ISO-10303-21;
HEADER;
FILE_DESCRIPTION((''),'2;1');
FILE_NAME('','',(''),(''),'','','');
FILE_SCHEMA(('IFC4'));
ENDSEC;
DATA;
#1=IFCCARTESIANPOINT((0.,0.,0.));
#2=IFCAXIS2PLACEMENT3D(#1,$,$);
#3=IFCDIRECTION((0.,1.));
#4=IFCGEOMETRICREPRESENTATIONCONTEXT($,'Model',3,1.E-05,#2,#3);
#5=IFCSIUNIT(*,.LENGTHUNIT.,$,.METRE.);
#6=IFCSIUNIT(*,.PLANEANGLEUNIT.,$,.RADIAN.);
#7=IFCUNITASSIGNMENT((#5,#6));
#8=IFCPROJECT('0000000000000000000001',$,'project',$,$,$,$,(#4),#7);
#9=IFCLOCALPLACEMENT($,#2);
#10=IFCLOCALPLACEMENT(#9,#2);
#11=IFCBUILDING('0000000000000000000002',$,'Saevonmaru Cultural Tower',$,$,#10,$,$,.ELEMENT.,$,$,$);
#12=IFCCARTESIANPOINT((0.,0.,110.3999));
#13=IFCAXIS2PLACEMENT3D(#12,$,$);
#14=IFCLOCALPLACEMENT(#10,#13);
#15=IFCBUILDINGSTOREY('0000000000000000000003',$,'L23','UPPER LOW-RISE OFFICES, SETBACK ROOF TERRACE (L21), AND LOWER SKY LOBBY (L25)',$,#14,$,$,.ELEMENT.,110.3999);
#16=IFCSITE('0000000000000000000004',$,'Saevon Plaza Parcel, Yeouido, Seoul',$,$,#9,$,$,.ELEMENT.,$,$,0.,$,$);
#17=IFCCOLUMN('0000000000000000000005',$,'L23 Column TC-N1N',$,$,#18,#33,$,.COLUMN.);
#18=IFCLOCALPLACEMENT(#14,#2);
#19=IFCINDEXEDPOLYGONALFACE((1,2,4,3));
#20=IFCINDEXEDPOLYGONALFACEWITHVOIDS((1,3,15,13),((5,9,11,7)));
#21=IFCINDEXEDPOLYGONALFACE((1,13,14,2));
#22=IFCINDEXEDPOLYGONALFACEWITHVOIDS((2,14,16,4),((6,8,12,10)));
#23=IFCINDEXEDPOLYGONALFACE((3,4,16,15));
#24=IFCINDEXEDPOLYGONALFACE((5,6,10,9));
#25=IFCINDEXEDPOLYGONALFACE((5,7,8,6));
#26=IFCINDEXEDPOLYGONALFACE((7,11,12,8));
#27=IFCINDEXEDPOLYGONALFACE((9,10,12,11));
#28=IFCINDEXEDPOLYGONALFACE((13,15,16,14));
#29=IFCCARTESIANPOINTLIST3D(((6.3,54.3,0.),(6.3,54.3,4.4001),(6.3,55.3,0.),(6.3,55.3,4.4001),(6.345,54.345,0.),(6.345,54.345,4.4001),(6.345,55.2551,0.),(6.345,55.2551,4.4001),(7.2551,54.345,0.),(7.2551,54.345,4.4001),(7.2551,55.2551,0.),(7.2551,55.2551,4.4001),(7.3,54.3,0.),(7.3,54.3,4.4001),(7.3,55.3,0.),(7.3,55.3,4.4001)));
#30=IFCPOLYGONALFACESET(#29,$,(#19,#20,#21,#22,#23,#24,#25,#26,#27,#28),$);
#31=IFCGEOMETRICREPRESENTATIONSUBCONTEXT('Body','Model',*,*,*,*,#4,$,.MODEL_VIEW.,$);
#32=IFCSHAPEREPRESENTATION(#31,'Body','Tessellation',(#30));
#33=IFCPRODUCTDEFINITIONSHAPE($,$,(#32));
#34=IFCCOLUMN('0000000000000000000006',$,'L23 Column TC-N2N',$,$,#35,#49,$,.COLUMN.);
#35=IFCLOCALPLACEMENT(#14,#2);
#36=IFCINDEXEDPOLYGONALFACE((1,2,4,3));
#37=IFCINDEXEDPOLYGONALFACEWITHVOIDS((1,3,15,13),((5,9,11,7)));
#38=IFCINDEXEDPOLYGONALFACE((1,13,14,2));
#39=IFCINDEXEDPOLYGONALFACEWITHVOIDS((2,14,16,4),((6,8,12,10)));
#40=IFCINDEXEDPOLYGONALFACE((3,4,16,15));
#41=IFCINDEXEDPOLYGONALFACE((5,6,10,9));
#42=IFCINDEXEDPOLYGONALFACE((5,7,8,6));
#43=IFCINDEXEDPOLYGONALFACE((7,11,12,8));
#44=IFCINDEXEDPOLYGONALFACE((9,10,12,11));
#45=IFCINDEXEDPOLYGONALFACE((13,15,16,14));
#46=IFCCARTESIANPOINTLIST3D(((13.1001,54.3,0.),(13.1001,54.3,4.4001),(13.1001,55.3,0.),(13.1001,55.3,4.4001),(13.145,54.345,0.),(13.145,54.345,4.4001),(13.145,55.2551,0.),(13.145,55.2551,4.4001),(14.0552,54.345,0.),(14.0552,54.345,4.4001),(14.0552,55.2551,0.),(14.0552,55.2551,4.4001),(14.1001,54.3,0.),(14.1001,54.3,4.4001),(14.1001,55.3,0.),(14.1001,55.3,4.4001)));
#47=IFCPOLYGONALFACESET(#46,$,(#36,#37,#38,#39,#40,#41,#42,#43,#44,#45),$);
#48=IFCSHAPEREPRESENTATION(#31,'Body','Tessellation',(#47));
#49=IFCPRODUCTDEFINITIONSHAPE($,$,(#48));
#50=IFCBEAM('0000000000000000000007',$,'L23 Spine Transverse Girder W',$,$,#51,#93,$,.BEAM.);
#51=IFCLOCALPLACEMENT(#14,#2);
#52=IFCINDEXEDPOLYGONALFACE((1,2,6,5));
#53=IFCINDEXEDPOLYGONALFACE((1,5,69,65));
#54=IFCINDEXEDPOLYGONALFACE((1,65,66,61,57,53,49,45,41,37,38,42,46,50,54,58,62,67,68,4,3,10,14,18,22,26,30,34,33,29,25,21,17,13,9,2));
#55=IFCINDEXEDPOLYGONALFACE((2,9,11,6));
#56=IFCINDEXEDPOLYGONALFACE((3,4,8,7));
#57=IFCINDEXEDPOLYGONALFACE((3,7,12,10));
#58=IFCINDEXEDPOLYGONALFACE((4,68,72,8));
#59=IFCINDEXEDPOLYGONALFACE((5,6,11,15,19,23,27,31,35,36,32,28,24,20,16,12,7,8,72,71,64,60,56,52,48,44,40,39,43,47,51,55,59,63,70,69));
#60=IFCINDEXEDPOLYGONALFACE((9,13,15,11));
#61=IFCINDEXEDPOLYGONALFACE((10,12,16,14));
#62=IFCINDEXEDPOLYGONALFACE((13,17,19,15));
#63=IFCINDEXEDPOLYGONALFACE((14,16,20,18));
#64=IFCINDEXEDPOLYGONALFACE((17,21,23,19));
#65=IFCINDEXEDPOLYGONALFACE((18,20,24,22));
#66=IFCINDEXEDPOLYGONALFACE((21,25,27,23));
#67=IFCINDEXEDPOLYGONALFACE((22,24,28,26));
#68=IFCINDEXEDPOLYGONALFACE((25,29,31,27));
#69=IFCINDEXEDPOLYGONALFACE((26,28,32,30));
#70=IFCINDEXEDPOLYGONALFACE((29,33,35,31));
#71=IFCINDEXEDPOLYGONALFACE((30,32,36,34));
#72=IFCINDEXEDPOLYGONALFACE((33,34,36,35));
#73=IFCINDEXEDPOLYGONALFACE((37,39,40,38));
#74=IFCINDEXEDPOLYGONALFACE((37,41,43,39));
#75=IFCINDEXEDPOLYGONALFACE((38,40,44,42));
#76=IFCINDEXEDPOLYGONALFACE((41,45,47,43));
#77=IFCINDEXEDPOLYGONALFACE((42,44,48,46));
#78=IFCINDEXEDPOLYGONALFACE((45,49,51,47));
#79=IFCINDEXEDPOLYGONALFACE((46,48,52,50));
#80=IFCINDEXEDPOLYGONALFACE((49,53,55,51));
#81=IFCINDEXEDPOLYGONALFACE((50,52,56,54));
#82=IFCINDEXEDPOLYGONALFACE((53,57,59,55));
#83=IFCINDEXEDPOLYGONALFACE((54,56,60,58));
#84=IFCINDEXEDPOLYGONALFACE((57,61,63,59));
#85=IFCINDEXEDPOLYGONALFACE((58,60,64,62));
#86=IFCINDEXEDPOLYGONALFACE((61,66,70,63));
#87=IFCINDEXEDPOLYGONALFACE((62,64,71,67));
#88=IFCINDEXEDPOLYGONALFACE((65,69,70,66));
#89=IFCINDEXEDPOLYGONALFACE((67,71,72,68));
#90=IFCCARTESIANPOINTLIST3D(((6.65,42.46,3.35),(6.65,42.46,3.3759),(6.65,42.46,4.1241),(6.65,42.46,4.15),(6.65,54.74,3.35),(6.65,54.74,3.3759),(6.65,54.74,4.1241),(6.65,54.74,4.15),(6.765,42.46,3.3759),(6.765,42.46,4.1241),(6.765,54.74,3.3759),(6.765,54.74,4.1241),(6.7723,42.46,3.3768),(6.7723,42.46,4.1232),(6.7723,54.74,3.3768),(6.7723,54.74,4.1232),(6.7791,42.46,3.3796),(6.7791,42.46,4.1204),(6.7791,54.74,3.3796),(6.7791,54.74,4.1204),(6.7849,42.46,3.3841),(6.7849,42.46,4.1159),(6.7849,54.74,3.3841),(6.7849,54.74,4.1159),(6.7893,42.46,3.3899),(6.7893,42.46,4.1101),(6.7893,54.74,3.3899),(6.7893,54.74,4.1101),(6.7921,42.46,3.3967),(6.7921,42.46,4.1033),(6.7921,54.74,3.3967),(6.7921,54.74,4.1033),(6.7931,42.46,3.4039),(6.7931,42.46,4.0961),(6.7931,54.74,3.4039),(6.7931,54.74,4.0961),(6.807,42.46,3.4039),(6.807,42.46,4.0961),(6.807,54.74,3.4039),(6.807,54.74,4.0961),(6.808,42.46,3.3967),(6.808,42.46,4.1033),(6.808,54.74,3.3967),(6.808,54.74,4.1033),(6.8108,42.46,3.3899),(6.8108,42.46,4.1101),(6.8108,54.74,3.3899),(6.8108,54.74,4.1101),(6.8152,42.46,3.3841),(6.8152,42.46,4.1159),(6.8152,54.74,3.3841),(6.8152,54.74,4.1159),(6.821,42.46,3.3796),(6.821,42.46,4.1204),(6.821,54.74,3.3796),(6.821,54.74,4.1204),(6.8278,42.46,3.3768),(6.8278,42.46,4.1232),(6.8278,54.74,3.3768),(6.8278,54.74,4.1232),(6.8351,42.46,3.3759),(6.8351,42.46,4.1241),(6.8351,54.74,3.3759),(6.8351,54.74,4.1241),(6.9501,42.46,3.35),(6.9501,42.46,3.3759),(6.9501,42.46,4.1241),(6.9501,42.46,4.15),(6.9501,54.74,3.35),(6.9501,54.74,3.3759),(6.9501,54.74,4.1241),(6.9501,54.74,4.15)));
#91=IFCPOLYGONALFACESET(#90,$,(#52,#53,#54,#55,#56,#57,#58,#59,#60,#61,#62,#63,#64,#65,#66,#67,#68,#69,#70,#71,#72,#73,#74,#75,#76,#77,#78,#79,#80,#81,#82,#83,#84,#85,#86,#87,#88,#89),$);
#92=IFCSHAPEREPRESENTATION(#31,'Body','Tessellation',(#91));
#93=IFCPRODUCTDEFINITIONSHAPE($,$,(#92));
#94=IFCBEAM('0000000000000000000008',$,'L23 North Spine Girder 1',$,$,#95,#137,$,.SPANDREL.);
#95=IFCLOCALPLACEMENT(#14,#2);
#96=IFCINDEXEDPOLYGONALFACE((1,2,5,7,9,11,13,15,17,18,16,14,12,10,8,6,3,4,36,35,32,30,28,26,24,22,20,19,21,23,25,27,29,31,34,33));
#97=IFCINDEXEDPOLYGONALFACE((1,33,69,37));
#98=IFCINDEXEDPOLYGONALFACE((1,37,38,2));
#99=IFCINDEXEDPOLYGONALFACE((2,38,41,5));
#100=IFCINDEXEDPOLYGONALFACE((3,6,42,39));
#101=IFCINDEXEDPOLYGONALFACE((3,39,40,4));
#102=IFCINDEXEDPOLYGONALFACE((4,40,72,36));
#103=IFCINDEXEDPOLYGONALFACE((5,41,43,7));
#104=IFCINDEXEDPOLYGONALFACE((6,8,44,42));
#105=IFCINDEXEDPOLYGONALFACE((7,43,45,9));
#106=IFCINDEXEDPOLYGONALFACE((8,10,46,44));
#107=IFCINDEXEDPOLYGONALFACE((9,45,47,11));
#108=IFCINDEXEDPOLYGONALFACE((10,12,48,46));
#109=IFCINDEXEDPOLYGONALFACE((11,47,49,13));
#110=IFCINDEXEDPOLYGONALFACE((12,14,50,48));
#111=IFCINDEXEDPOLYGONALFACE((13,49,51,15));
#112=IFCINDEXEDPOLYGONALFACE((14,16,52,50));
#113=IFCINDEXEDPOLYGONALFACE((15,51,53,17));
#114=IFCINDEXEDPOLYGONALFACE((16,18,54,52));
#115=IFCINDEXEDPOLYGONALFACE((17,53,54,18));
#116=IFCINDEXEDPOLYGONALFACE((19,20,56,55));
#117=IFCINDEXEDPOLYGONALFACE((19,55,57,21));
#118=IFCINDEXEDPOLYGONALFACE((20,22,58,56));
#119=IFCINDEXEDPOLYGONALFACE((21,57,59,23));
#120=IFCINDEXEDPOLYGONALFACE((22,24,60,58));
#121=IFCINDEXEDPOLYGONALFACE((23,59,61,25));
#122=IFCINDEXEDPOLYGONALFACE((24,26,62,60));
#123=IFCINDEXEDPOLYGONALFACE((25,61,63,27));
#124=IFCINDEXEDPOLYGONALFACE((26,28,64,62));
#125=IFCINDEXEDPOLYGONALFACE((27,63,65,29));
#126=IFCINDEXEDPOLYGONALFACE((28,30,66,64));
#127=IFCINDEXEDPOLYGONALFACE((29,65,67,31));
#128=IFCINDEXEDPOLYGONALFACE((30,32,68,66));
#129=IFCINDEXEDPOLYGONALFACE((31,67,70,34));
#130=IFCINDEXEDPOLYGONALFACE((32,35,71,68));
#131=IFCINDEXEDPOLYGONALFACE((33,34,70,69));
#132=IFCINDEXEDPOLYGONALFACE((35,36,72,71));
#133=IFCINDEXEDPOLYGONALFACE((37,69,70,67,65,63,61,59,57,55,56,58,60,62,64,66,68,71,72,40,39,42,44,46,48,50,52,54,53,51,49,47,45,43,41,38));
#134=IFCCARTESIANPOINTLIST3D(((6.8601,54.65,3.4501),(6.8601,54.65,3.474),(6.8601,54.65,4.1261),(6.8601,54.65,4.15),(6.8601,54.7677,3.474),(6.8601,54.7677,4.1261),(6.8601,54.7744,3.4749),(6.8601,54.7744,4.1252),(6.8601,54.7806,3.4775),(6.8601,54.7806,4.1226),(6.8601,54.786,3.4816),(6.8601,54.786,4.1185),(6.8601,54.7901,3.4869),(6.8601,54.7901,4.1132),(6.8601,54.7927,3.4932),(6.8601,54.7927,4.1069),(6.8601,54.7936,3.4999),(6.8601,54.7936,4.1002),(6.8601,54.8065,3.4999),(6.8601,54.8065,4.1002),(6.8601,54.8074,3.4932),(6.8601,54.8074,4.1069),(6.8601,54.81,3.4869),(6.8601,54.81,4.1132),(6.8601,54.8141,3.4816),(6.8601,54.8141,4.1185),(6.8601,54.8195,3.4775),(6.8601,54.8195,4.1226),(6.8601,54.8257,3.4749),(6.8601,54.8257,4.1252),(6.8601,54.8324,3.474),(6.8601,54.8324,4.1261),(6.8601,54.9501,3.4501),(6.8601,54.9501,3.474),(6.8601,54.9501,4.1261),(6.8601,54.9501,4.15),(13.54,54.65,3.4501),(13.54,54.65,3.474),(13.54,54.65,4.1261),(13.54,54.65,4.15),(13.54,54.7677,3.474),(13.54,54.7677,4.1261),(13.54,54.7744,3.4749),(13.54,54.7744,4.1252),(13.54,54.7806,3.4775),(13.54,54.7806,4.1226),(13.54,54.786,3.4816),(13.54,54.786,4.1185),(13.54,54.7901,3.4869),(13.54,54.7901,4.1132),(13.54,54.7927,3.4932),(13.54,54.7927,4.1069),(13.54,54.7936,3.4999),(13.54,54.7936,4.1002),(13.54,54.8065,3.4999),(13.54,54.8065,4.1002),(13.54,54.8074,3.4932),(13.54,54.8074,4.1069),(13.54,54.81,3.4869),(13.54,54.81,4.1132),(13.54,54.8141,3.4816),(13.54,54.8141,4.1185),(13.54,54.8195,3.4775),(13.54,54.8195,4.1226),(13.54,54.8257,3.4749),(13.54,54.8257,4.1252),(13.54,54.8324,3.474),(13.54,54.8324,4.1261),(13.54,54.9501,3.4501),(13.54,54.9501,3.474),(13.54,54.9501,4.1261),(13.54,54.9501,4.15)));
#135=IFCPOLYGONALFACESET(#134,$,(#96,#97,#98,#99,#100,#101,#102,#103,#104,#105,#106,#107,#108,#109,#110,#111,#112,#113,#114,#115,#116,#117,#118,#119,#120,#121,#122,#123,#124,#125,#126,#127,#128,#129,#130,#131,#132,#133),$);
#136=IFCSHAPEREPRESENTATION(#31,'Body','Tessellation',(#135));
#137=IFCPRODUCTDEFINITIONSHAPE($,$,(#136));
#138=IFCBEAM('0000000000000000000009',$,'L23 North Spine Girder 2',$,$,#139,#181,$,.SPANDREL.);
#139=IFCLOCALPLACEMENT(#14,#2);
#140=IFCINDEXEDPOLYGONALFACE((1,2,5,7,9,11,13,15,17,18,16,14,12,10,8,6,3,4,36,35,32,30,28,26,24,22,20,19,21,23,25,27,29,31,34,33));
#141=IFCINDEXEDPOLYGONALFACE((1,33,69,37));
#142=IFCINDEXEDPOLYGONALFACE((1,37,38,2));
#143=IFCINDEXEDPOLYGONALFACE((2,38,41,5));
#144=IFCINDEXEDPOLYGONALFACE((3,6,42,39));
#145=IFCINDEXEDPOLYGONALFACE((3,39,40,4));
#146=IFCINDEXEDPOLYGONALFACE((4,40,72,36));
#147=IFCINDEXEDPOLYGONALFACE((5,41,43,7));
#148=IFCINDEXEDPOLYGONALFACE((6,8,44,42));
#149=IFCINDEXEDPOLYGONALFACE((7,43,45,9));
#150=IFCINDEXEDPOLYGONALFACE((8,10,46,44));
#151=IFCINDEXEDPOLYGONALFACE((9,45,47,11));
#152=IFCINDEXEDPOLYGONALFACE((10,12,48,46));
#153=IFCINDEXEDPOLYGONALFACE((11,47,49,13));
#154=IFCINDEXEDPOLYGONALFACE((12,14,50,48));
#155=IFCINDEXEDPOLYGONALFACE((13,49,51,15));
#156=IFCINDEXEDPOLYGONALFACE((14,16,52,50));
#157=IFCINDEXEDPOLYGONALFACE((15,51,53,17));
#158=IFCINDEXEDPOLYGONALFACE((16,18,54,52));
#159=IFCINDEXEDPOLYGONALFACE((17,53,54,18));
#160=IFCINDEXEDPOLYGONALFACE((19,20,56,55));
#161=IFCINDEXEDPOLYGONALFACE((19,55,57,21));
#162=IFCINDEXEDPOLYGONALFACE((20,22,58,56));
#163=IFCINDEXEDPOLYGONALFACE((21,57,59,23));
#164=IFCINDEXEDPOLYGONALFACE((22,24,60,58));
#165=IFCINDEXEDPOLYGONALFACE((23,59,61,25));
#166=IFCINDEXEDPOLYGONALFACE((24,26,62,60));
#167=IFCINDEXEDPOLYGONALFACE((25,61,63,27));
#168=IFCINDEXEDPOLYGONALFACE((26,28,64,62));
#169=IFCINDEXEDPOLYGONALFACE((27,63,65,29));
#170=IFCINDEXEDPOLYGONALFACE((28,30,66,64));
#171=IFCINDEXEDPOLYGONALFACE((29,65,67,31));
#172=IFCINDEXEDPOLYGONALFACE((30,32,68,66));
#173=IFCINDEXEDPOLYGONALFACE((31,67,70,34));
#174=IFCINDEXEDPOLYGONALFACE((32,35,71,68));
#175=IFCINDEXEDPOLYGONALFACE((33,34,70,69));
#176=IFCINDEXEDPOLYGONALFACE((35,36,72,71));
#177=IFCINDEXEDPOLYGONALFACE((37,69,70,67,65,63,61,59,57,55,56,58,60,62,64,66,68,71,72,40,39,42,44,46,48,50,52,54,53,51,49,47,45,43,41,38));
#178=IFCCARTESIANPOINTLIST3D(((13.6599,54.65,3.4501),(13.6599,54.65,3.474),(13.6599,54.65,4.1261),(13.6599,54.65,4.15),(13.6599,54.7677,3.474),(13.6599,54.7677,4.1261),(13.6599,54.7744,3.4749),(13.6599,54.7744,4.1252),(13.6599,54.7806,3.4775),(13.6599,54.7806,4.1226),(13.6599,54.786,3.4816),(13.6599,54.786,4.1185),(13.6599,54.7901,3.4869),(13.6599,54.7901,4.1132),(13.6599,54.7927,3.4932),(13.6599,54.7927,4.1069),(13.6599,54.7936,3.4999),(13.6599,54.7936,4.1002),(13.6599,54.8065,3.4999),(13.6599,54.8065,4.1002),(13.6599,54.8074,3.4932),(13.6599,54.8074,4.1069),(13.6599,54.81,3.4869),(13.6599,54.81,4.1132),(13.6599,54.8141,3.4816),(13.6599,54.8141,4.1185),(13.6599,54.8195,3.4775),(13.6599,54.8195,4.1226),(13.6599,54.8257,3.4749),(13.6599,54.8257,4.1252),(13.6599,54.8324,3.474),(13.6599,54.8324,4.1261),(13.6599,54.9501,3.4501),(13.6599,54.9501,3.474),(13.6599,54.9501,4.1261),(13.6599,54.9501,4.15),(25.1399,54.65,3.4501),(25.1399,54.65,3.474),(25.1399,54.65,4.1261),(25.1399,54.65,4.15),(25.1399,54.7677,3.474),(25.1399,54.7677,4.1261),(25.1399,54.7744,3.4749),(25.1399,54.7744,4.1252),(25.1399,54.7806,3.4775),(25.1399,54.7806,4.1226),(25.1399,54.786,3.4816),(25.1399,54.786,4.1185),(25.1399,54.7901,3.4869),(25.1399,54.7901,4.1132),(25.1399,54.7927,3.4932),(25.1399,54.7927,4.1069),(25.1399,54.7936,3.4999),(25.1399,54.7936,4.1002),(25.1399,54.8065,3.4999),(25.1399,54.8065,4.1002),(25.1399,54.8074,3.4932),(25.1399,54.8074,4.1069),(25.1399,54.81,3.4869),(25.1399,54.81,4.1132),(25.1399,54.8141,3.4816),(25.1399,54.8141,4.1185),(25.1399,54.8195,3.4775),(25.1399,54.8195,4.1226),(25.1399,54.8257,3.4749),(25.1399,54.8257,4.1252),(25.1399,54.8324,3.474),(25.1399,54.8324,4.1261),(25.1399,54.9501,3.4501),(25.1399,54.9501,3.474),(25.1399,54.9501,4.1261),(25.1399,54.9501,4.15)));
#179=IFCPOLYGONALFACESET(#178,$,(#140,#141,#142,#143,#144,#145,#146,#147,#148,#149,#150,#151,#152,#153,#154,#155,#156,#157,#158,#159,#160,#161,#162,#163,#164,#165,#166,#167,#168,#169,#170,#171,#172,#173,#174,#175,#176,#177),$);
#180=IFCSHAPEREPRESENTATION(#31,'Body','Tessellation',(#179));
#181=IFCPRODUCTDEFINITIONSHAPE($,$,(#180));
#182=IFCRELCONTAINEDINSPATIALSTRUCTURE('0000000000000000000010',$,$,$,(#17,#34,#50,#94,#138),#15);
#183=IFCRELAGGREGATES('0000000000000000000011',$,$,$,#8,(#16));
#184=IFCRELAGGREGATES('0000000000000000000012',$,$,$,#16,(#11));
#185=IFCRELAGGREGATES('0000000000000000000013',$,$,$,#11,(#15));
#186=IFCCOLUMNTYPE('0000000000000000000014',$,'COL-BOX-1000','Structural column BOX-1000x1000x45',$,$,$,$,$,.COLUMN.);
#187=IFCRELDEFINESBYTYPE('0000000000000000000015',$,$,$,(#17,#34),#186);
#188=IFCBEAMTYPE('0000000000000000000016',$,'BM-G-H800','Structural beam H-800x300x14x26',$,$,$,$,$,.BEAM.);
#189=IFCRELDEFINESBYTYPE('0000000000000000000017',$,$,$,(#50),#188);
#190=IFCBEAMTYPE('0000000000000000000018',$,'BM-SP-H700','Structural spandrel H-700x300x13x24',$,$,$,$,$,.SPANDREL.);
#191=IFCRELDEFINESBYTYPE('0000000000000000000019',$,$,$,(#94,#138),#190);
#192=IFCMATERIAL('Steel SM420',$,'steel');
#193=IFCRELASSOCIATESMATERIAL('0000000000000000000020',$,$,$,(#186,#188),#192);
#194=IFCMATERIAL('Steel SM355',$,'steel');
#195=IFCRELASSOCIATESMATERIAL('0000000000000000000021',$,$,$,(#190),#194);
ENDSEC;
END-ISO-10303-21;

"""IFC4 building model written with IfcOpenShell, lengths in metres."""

from ifc_helpers import new_model, si_unit, direction, frame, origin, origin_2d, place, context, subcontext, project, spatial, hollow_rectangle, i_section, extrude, material, material_profile, profile_set, type_object, element, save


model = new_model("IFC4")

# Units and contexts
model_context = context("Model", 3, precision=1e-05, world=origin(), true_north=direction((0.0, 1.0)))
body_context = subcontext(model_context, "Body", "Model", "MODEL_VIEW")
ifc_project = project(units=[si_unit("LENGTHUNIT", "METRE"), si_unit("PLANEANGLEUNIT", "RADIAN")], contexts=[model_context])

# Site, building, storey
site_placement = place(None, origin())
site = spatial("IfcSite", under=ifc_project, at=site_placement, Name="Saevon Plaza Parcel, Yeouido, Seoul", CompositionType="ELEMENT", RefElevation=0.0)
building_placement = place(site_placement, origin())
building = spatial("IfcBuilding", under=site, at=building_placement, Name="Saevonmaru Cultural Tower", CompositionType="ELEMENT")
storey_placement = place(building_placement, frame((0.0, 0.0, 110.3999)))
storey = spatial("IfcBuildingStorey", under=building, at=storey_placement, Name="L23", Description="UPPER LOW-RISE OFFICES, SETBACK ROOF TERRACE (L21), AND LOWER SKY LOBBY (L25)", CompositionType="ELEMENT", Elevation=110.3999)

# Columns
ifc_material_1 = material(Name="Steel SM420", Category="steel")
ifc_material_profile_1 = material_profile(ifc_material_1, hollow_rectangle(XDim=1.0, YDim=1.0, WallThickness=0.0449, at=origin_2d()), Name="BOX-1000x1000x45")
ifc_profile_set_1 = profile_set([ifc_material_profile_1], Name="Steel SM420")
column_type = type_object("IfcColumnType", Name="COL-BOX-1000", Description="Structural column BOX-1000x1000x45", PredefinedType="COLUMN", material=ifc_profile_set_1)
for number, where, z_axis, x_axis, name in (
    (1, (6.8, 54.8, 0.0), (0.0, 0.0, 1.0), (1.0, 0.0, 0.0), "L23 Column TC-N1N"),
    (2, (13.6001, 54.8, 0.0), (0.0, 0.0, 1.0), (1.0, 0.0, 0.0), "L23 Column TC-N2N"),
):
    element("IfcColumn", number, at=place(storey_placement, frame(where, z_axis=z_axis, x_axis=x_axis)), inside=storey, type_object=column_type, Name=name, PredefinedType="COLUMN", context=body_context, shape_type="SweptSolid", body=[
        extrude(hollow_rectangle(XDim=1.0, YDim=1.0, WallThickness=0.0449, at=origin_2d()), origin(), (0.0, 0.0, 1.0), 4.4001),
    ])

# Beams
ifc_material_profile_2 = material_profile(ifc_material_1, i_section(OverallWidth=0.3, OverallDepth=0.8, WebThickness=0.0139, FlangeThickness=0.0259, FilletRadius=0.0281, at=origin_2d()), Name="H-800x300x14x26")
ifc_profile_set_2 = profile_set([ifc_material_profile_2], Name="Steel SM420")
beam_type_1 = type_object("IfcBeamType", Name="BM-G-H800", Description="Structural beam H-800x300x14x26", PredefinedType="BEAM", material=ifc_profile_set_2)
beam_1_placement = place(storey_placement, frame((6.8, 54.74, 3.75), z_axis=(0.0, -1.0, 0.0), x_axis=(1.0, 0.0, 0.0)))
element("IfcBeam", 3, at=beam_1_placement, inside=storey, type_object=beam_type_1, Name="L23 Spine Transverse Girder W", PredefinedType="BEAM", context=body_context, shape_type="SweptSolid", body=[
    extrude(i_section(OverallWidth=0.3, OverallDepth=0.8, WebThickness=0.0139, FlangeThickness=0.0259, FilletRadius=0.0281, at=origin_2d()), origin(), (0.0, 0.0, 1.0), 12.28),
])
ifc_material_2 = material(Name="Steel SM355", Category="steel")
ifc_material_profile_3 = material_profile(ifc_material_2, i_section(OverallWidth=0.3, OverallDepth=0.7, WebThickness=0.0129, FlangeThickness=0.0239, FilletRadius=0.0259, at=origin_2d()), Name="H-700x300x13x24")
ifc_profile_set_3 = profile_set([ifc_material_profile_3], Name="Steel SM355")
beam_type_2 = type_object("IfcBeamType", Name="BM-SP-H700", Description="Structural spandrel H-700x300x13x24", PredefinedType="SPANDREL", material=ifc_profile_set_3)
beam_2_placement = place(storey_placement, frame((6.8601, 54.8, 3.8), z_axis=(1.0, 0.0, 0.0), x_axis=(0.0, 1.0, 0.0)))
element("IfcBeam", 4, at=beam_2_placement, inside=storey, type_object=beam_type_2, Name="L23 North Spine Girder 1", PredefinedType="SPANDREL", context=body_context, shape_type="SweptSolid", body=[
    extrude(i_section(OverallWidth=0.3, OverallDepth=0.7, WebThickness=0.0129, FlangeThickness=0.0239, FilletRadius=0.0259, at=origin_2d()), origin(), (0.0, 0.0, 1.0), 6.6799),
])
beam_3_placement = place(storey_placement, frame((13.6599, 54.8, 3.8), z_axis=(1.0, 0.0, 0.0), x_axis=(0.0, 1.0, 0.0)))
element("IfcBeam", 5, at=beam_3_placement, inside=storey, type_object=beam_type_2, Name="L23 North Spine Girder 2", PredefinedType="SPANDREL", context=body_context, shape_type="SweptSolid", body=[
    extrude(i_section(OverallWidth=0.3, OverallDepth=0.7, WebThickness=0.0129, FlangeThickness=0.0239, FilletRadius=0.0259, at=origin_2d()), origin(), (0.0, 0.0, 1.0), 11.48),
])

save(model, "model.ifc")
